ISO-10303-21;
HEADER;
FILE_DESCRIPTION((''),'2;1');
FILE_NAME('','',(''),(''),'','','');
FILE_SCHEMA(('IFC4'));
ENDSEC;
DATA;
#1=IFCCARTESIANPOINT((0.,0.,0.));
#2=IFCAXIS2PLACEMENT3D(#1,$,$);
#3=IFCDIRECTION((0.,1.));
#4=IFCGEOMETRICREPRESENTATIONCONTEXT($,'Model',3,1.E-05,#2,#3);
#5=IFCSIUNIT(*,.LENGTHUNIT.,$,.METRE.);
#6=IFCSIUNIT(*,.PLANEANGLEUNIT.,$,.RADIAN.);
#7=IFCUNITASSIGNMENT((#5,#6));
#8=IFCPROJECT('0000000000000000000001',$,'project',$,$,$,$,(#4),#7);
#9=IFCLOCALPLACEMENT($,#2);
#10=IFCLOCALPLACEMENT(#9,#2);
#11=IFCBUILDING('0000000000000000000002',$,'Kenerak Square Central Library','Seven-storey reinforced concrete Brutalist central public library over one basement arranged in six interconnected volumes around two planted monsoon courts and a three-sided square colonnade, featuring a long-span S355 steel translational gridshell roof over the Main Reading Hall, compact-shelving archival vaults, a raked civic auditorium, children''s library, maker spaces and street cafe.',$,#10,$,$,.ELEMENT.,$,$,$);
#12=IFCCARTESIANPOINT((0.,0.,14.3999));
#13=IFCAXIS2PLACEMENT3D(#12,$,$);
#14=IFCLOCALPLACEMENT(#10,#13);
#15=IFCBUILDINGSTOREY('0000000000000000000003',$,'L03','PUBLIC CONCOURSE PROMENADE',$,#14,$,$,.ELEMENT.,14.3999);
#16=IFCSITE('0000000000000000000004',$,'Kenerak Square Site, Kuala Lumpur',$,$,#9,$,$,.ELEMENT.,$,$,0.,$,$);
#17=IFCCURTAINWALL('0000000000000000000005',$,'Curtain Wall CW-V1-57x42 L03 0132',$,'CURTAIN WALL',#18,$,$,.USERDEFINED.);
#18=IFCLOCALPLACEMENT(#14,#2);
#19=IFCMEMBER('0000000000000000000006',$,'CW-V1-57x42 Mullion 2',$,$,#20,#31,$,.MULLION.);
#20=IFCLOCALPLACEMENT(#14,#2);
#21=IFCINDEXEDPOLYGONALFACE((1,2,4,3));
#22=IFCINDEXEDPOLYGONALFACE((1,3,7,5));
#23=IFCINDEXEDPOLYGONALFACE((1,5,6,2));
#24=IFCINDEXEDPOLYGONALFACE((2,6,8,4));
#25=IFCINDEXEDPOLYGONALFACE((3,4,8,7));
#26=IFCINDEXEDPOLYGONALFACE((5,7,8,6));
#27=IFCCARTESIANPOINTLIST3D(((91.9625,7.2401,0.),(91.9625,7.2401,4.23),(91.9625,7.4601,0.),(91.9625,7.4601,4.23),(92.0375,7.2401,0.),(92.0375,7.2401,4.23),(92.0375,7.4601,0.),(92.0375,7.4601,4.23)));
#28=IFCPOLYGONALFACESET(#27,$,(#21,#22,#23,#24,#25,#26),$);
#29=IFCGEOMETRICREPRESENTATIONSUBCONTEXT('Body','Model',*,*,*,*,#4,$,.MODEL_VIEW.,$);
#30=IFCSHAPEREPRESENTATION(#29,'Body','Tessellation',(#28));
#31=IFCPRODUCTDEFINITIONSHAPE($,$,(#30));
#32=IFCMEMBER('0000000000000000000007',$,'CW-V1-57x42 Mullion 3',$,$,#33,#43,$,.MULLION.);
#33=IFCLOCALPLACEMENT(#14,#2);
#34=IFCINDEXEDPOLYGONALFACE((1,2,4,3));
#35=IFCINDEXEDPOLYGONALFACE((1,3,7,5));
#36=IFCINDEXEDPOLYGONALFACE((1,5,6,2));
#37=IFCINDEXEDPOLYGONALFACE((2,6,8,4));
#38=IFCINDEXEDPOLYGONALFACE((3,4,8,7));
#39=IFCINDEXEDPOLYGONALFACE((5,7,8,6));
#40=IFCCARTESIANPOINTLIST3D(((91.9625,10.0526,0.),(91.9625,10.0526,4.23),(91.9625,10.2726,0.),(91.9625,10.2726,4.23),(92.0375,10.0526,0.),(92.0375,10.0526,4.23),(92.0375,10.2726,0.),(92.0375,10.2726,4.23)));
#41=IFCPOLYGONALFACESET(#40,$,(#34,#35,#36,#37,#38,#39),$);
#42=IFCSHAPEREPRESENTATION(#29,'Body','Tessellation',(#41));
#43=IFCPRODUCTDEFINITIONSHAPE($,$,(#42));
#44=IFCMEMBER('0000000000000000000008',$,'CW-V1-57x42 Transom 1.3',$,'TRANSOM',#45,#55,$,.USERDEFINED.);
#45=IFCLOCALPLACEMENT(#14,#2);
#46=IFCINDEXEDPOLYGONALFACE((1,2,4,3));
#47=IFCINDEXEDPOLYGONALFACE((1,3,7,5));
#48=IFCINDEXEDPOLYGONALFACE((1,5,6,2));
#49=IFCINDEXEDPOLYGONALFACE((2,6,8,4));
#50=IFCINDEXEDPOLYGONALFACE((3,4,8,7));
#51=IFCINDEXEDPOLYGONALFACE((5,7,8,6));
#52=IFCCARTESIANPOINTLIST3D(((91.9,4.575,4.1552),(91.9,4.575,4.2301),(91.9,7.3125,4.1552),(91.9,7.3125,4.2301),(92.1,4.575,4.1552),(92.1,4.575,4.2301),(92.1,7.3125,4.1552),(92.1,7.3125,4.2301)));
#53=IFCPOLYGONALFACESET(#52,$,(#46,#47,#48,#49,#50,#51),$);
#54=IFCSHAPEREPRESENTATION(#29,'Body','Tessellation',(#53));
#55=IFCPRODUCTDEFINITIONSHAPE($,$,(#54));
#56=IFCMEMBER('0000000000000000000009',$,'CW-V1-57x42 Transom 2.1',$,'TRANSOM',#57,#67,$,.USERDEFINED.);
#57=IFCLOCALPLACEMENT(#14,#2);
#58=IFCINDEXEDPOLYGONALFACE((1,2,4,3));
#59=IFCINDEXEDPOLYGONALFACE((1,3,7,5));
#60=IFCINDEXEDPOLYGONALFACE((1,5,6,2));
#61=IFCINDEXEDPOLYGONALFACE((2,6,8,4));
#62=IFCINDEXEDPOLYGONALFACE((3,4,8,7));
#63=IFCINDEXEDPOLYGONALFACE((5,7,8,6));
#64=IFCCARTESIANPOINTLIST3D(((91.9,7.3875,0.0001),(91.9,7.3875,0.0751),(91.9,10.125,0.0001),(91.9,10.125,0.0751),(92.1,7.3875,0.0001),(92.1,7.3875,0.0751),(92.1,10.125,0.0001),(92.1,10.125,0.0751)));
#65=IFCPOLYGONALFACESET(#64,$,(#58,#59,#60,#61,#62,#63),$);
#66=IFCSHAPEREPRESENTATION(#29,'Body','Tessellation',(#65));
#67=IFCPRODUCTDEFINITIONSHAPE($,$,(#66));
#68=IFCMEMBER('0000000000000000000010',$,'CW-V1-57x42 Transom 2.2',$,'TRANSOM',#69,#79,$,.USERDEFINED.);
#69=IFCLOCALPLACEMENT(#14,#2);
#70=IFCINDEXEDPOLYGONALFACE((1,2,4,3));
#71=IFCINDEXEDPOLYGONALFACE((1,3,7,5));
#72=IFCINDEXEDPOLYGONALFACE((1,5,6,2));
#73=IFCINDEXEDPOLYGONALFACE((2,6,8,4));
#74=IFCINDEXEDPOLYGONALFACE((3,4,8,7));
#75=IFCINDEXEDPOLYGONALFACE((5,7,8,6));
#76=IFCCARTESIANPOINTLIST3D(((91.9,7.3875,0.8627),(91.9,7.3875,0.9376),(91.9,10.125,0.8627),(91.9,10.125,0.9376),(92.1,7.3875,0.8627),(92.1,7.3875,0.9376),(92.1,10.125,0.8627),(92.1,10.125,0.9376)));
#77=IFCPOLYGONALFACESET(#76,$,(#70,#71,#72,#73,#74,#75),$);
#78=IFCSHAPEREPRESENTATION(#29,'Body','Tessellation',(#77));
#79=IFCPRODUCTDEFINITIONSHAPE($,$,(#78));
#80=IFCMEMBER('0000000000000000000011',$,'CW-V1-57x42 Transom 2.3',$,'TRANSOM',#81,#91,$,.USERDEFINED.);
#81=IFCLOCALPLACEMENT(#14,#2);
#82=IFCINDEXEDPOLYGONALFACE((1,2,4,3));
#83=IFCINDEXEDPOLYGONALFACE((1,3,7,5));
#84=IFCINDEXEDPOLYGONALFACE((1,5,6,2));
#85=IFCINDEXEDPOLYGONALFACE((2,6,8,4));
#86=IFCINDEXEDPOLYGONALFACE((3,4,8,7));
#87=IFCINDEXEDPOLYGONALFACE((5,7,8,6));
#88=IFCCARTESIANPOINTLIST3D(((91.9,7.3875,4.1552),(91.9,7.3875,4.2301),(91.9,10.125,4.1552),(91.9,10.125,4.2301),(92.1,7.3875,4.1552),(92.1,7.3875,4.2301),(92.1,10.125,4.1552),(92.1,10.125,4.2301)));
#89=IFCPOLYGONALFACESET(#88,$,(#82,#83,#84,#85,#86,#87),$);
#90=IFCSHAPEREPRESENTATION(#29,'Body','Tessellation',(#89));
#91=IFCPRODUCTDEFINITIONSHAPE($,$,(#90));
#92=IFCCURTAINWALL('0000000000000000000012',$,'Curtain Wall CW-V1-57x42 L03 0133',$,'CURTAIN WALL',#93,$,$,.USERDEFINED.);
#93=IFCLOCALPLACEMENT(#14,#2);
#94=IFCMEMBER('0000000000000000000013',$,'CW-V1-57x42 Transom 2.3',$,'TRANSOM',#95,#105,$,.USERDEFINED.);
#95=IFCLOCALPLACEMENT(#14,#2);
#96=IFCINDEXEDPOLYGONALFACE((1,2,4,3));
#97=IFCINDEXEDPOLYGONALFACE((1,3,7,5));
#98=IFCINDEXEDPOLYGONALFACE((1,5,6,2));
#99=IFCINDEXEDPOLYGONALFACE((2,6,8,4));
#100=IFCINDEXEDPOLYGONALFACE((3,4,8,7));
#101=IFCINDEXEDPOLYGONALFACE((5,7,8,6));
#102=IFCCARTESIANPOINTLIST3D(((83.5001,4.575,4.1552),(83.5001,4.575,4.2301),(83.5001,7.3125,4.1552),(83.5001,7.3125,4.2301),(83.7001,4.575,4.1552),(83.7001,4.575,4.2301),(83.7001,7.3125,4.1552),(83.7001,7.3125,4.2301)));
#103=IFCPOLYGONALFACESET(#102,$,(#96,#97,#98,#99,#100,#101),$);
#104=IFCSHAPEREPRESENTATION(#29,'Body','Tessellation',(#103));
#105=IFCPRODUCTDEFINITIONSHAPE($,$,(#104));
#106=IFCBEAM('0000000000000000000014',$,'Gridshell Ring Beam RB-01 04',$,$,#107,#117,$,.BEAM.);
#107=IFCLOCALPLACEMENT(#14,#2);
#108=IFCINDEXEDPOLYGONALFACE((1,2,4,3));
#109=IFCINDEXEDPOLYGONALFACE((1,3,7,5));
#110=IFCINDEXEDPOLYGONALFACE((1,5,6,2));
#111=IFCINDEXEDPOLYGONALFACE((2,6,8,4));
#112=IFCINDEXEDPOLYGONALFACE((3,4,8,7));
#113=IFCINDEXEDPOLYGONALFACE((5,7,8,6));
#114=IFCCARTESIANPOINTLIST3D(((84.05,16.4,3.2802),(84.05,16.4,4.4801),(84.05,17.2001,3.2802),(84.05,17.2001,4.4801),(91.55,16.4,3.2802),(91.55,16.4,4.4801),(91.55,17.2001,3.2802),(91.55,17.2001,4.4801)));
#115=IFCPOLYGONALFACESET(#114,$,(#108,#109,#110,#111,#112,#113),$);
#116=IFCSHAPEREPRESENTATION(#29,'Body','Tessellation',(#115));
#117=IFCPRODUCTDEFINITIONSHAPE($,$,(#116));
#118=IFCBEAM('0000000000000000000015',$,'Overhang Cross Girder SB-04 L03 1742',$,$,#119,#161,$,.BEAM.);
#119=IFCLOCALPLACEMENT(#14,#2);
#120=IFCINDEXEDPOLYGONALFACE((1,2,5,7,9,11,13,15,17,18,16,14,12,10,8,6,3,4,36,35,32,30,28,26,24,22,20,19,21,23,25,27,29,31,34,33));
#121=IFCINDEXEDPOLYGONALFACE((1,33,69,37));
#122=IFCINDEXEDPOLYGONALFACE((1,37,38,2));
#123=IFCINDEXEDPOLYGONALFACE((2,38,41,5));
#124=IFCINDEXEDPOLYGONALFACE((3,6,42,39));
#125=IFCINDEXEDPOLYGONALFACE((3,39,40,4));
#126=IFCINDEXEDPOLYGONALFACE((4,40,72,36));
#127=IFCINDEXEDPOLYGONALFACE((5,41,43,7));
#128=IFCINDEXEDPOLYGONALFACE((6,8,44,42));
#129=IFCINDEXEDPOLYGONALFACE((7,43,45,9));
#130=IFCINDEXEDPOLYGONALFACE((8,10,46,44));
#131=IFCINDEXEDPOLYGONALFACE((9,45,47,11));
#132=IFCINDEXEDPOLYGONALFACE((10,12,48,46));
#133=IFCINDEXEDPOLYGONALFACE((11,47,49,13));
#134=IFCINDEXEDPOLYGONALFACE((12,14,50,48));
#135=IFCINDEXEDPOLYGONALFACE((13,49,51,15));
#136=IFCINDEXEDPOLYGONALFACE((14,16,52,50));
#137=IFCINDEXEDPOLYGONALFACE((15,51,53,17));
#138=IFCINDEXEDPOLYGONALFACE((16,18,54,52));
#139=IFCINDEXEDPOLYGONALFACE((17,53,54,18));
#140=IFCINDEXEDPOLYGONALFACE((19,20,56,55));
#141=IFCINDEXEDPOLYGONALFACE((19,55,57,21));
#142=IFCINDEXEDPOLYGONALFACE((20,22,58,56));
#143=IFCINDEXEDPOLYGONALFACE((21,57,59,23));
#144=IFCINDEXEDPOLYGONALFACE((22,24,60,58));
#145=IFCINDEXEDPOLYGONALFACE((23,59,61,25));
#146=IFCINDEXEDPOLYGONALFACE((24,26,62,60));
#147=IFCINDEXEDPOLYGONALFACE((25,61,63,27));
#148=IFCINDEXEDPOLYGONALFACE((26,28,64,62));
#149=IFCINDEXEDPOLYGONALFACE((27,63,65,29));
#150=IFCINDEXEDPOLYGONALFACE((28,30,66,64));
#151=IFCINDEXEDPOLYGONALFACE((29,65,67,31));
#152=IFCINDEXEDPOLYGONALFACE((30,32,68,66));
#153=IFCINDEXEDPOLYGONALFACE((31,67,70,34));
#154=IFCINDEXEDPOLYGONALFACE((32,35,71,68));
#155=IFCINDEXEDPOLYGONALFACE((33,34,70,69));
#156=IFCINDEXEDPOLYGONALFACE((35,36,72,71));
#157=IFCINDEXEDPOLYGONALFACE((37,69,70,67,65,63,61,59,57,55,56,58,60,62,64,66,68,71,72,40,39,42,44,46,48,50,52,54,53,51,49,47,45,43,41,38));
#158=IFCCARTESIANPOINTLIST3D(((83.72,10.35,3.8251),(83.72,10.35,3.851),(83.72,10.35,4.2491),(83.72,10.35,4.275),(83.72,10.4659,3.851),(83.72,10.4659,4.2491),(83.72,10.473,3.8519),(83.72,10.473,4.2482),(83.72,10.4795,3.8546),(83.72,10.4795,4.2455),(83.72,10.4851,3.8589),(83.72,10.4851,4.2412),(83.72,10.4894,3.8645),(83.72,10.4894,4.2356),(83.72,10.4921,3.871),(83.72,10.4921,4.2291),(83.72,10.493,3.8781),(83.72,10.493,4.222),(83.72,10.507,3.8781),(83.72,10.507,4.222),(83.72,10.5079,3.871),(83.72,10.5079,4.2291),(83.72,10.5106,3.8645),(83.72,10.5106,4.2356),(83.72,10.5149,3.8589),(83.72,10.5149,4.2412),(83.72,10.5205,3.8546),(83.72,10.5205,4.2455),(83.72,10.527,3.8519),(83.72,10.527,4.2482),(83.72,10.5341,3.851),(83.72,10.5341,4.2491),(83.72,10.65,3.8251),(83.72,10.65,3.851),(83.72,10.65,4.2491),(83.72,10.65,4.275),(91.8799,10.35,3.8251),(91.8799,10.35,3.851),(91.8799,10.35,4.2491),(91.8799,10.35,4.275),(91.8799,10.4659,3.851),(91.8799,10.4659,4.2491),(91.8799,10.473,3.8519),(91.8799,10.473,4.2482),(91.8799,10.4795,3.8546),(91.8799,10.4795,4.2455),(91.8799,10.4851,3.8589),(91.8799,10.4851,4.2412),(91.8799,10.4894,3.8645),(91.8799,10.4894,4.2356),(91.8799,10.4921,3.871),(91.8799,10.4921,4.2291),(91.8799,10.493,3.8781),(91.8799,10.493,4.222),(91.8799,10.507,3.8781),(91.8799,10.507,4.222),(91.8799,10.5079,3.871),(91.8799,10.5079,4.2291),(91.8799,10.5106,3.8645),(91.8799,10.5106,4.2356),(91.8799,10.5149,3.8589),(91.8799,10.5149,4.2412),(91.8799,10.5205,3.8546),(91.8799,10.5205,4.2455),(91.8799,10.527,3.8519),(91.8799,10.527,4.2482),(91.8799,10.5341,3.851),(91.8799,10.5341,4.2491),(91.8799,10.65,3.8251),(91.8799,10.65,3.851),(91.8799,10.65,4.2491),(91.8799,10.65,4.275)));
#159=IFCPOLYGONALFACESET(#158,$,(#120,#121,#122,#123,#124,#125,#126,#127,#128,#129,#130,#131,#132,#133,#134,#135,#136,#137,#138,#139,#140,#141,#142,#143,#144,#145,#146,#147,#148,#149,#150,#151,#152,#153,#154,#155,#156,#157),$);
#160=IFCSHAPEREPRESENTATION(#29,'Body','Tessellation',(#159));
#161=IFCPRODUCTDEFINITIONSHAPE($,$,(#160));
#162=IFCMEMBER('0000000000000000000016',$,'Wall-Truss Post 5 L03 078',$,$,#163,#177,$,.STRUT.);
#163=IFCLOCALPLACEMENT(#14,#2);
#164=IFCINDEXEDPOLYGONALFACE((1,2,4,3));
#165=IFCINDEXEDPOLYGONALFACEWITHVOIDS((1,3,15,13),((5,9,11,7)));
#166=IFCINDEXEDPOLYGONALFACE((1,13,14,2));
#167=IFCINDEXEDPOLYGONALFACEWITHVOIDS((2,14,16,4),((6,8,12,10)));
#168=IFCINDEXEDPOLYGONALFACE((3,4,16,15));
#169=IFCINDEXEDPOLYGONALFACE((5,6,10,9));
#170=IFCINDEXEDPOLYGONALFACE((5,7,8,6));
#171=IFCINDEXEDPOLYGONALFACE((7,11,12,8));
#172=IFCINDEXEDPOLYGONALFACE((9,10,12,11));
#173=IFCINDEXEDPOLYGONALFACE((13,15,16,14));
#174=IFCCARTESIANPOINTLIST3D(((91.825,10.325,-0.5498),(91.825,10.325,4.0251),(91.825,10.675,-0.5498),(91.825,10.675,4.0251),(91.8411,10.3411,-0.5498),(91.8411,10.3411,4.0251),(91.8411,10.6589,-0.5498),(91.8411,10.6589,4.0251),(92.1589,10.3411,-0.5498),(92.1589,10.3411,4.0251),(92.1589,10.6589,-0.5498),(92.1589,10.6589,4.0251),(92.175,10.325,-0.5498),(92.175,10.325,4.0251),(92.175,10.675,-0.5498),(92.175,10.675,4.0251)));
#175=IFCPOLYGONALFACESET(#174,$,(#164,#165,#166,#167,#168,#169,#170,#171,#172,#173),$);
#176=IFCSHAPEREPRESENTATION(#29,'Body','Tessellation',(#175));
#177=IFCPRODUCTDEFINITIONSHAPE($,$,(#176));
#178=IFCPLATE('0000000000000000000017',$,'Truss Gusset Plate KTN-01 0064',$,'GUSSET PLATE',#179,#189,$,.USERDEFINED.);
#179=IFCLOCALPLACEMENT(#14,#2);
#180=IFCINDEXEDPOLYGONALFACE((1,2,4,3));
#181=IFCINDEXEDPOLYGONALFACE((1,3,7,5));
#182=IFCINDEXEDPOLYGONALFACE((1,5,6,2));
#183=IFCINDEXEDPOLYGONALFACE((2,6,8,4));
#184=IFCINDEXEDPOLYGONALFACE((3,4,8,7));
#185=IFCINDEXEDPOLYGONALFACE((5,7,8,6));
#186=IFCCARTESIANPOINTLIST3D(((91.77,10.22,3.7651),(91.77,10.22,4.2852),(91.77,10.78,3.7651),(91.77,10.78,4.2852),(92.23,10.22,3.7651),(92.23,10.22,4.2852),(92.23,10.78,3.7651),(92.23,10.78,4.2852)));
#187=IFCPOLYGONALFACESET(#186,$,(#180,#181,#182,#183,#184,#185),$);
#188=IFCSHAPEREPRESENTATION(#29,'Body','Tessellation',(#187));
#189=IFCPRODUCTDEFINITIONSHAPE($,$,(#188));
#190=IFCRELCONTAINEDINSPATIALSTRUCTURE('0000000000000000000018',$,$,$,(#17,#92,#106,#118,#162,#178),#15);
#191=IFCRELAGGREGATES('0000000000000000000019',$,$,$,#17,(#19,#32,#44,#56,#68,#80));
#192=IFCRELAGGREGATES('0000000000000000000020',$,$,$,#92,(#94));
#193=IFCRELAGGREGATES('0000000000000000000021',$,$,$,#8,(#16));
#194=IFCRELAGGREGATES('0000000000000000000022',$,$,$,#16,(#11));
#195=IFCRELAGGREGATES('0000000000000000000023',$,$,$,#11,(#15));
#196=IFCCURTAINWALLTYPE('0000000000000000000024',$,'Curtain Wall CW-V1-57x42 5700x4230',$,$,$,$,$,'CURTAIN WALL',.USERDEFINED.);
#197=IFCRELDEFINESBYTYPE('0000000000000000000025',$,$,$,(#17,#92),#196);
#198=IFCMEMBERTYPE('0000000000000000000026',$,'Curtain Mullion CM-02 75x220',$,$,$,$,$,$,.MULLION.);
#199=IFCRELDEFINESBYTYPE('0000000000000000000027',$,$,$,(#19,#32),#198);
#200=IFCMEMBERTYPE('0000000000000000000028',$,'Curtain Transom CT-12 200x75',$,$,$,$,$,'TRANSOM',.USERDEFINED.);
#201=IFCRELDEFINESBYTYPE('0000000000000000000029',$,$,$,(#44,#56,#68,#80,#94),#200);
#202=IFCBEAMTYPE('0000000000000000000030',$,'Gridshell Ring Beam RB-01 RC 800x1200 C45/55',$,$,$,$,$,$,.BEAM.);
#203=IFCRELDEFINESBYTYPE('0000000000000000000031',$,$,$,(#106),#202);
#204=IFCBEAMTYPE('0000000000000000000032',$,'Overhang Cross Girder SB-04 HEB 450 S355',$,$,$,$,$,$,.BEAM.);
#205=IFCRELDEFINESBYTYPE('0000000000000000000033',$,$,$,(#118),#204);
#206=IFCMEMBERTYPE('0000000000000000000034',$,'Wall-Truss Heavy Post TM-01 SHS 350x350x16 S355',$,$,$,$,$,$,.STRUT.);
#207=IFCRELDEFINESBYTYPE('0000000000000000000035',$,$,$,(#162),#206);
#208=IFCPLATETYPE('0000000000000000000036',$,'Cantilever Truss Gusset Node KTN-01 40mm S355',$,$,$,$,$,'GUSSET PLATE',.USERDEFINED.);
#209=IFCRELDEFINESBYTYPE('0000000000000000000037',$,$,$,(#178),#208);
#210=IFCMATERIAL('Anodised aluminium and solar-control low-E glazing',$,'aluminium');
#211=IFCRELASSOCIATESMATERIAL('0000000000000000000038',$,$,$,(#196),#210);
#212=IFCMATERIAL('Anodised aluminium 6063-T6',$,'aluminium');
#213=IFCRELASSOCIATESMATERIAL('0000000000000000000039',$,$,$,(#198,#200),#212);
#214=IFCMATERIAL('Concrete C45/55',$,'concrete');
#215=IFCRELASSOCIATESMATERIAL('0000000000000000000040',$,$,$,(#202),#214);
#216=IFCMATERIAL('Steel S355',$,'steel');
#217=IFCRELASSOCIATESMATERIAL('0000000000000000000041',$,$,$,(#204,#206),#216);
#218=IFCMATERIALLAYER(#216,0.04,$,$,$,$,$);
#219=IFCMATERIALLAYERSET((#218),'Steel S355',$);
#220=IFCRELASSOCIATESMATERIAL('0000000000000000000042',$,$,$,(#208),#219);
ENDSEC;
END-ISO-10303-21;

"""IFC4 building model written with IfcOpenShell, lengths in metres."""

from ifc_helpers import new_model, si_unit, direction, frame, origin, origin_2d, place, context, subcontext, project, spatial, rectangle, hollow_rectangle, i_section, extrude, material, layer, layer_set, material_profile, profile_set, type_object, element, aggregate, save


model = new_model("IFC4")

# Units and contexts
model_context = context("Model", 3, precision=1e-05, world=origin(), true_north=direction((0.0, 1.0)))
body_context = subcontext(model_context, "Body", "Model", "MODEL_VIEW")
ifc_project = project(units=[si_unit("LENGTHUNIT", "METRE"), si_unit("PLANEANGLEUNIT", "RADIAN")], contexts=[model_context])

# Site, building, storey
site_placement = place(None, origin())
site = spatial("IfcSite", under=ifc_project, at=site_placement, Name="Kenerak Square Site, Kuala Lumpur", CompositionType="ELEMENT", RefElevation=0.0)
building_placement = place(site_placement, origin())
building = spatial("IfcBuilding", under=site, at=building_placement, Name="Kenerak Square Central Library", Description="Seven-storey reinforced concrete Brutalist central public library over one basement arranged in six interconnected volumes around two planted monsoon courts and a three-sided square colonnade, featuring a long-span S355 steel translational gridshell roof over the Main Reading Hall, compact-shelving archival vaults, a raked civic auditorium, children's library, maker spaces and street cafe.", CompositionType="ELEMENT")
storey_placement = place(building_placement, frame((0.0, 0.0, 14.3999)))
storey = spatial("IfcBuildingStorey", under=building, at=storey_placement, Name="L03", Description="PUBLIC CONCOURSE PROMENADE", CompositionType="ELEMENT", Elevation=14.3999)

# Curtain wall, members
ifc_material_1 = material(Name="Anodised aluminium and solar-control low-E glazing", Category="aluminium")
curtain_wall_type = type_object("IfcCurtainWallType", Name="Curtain Wall CW-V1-57x42 5700x4230", ElementType="CURTAIN WALL", PredefinedType="USERDEFINED", material=ifc_material_1)
curtain_wall_1_placement = place(storey_placement, origin())
curtain_wall_1 = element("IfcCurtainWall", 1, at=curtain_wall_1_placement, inside=storey, type_object=curtain_wall_type, Name="Curtain Wall CW-V1-57x42 L03 0132", ObjectType="CURTAIN WALL", PredefinedType="USERDEFINED")
ifc_material_2 = material(Name="Anodised aluminium 6063-T6", Category="aluminium")
ifc_material_profile_1 = material_profile(ifc_material_2, rectangle(XDim=0.075, YDim=0.22, at=origin_2d()), Name="AL MULLION 75x220")
ifc_profile_set_1 = profile_set([ifc_material_profile_1], Name="Anodised aluminium 6063-T6")
member_type_1 = type_object("IfcMemberType", Name="Curtain Mullion CM-02 75x220", PredefinedType="MULLION", material=ifc_profile_set_1)
member_1_placement = place(storey_placement, frame((92.0, 7.3501, 0.0), z_axis=(0.0, 0.0, 1.0), x_axis=(-1.0, 0.0, 0.0)))
member_1 = element("IfcMember", 2, at=member_1_placement, type_object=member_type_1, Name="CW-V1-57x42 Mullion 2", PredefinedType="MULLION", context=body_context, shape_type="SweptSolid", body=[
    extrude(rectangle(XDim=0.075, YDim=0.22, at=origin_2d()), origin(), (0.0, 0.0, 1.0), 4.23),
])
member_2_placement = place(storey_placement, frame((92.0, 10.1626, 0.0), z_axis=(0.0, 0.0, 1.0), x_axis=(-1.0, 0.0, 0.0)))
member_2 = element("IfcMember", 3, at=member_2_placement, type_object=member_type_1, Name="CW-V1-57x42 Mullion 3", PredefinedType="MULLION", context=body_context, shape_type="SweptSolid", body=[
    extrude(rectangle(XDim=0.075, YDim=0.22, at=origin_2d()), origin(), (0.0, 0.0, 1.0), 4.23),
])
ifc_material_profile_2 = material_profile(ifc_material_2, rectangle(XDim=0.2, YDim=0.075, at=origin_2d()), Name="AL TRANSOM 200x75")
ifc_profile_set_2 = profile_set([ifc_material_profile_2], Name="Anodised aluminium 6063-T6")
member_type_2 = type_object("IfcMemberType", Name="Curtain Transom CT-12 200x75", ElementType="TRANSOM", PredefinedType="USERDEFINED", material=ifc_profile_set_2)
member_3_placement = place(storey_placement, frame((92.0, 4.575, 4.1926), z_axis=(0.0, 1.0, 0.0), x_axis=(-1.0, 0.0, 0.0)))
member_3 = element("IfcMember", 4, at=member_3_placement, type_object=member_type_2, Name="CW-V1-57x42 Transom 1.3", ObjectType="TRANSOM", PredefinedType="USERDEFINED", context=body_context, shape_type="SweptSolid", body=[
    extrude(rectangle(XDim=0.2, YDim=0.075, at=origin_2d()), origin(), (0.0, 0.0, 1.0), 2.7375),
])
member_4_placement = place(storey_placement, frame((92.0, 7.3875, 0.0376), z_axis=(0.0, 1.0, 0.0), x_axis=(-1.0, 0.0, 0.0)))
member_4 = element("IfcMember", 5, at=member_4_placement, type_object=member_type_2, Name="CW-V1-57x42 Transom 2.1", ObjectType="TRANSOM", PredefinedType="USERDEFINED", context=body_context, shape_type="SweptSolid", body=[
    extrude(rectangle(XDim=0.2, YDim=0.075, at=origin_2d()), origin(), (0.0, 0.0, 1.0), 2.7375),
])
member_5_placement = place(storey_placement, frame((92.0, 7.3875, 0.9001), z_axis=(0.0, 1.0, 0.0), x_axis=(-1.0, 0.0, 0.0)))
member_5 = element("IfcMember", 6, at=member_5_placement, type_object=member_type_2, Name="CW-V1-57x42 Transom 2.2", ObjectType="TRANSOM", PredefinedType="USERDEFINED", context=body_context, shape_type="SweptSolid", body=[
    extrude(rectangle(XDim=0.2, YDim=0.075, at=origin_2d()), origin(), (0.0, 0.0, 1.0), 2.7375),
])
member_6_placement = place(storey_placement, frame((92.0, 7.3875, 4.1926), z_axis=(0.0, 1.0, 0.0), x_axis=(-1.0, 0.0, 0.0)))
member_6 = element("IfcMember", 7, at=member_6_placement, type_object=member_type_2, Name="CW-V1-57x42 Transom 2.3", ObjectType="TRANSOM", PredefinedType="USERDEFINED", context=body_context, shape_type="SweptSolid", body=[
    extrude(rectangle(XDim=0.2, YDim=0.075, at=origin_2d()), origin(), (0.0, 0.0, 1.0), 2.7375),
])

# Curtain wall, member
curtain_wall_2_placement = place(storey_placement, origin())
curtain_wall_2 = element("IfcCurtainWall", 8, at=curtain_wall_2_placement, inside=storey, type_object=curtain_wall_type, Name="Curtain Wall CW-V1-57x42 L03 0133", ObjectType="CURTAIN WALL", PredefinedType="USERDEFINED")
member_7_placement = place(storey_placement, frame((83.6001, 7.3125, 4.1926), z_axis=(0.0, -1.0, 0.0), x_axis=(1.0, 0.0, 0.0)))
member_7 = element("IfcMember", 9, at=member_7_placement, type_object=member_type_2, Name="CW-V1-57x42 Transom 2.3", ObjectType="TRANSOM", PredefinedType="USERDEFINED", context=body_context, shape_type="SweptSolid", body=[
    extrude(rectangle(XDim=0.2, YDim=0.075, at=origin_2d()), origin(), (0.0, 0.0, 1.0), 2.7375),
])

# Beams
ifc_material_3 = material(Name="Concrete C45/55", Category="concrete")
ifc_material_profile_3 = material_profile(ifc_material_3, rectangle(XDim=0.8, YDim=1.2, at=origin_2d()), Name="RC 800x1200")
ifc_profile_set_3 = profile_set([ifc_material_profile_3], Name="Concrete C45/55")
beam_type_1 = type_object("IfcBeamType", Name="Gridshell Ring Beam RB-01 RC 800x1200 C45/55", PredefinedType="BEAM", material=ifc_profile_set_3)
beam_1_placement = place(storey_placement, frame((84.05, 16.8, 3.8801), z_axis=(1.0, 0.0, 0.0), x_axis=(0.0, 1.0, 0.0)))
element("IfcBeam", 10, at=beam_1_placement, inside=storey, type_object=beam_type_1, Name="Gridshell Ring Beam RB-01 04", PredefinedType="BEAM", context=body_context, shape_type="SweptSolid", body=[
    extrude(rectangle(XDim=0.8, YDim=1.2, at=origin_2d()), origin(), (0.0, 0.0, 1.0), 7.5),
])
ifc_material_4 = material(Name="Steel S355", Category="steel")
ifc_material_profile_4 = material_profile(ifc_material_4, i_section(OverallWidth=0.3, OverallDepth=0.45, WebThickness=0.0139, FlangeThickness=0.0259, FilletRadius=0.0271, at=origin_2d()), Name="HEB 450")
ifc_profile_set_4 = profile_set([ifc_material_profile_4], Name="Steel S355")
beam_type_2 = type_object("IfcBeamType", Name="Overhang Cross Girder SB-04 HEB 450 S355", PredefinedType="BEAM", material=ifc_profile_set_4)
beam_2_placement = place(storey_placement, frame((83.72, 10.5, 4.05), z_axis=(1.0, 0.0, 0.0), x_axis=(0.0, 1.0, 0.0)))
element("IfcBeam", 11, at=beam_2_placement, inside=storey, type_object=beam_type_2, Name="Overhang Cross Girder SB-04 L03 1742", PredefinedType="BEAM", context=body_context, shape_type="SweptSolid", body=[
    extrude(i_section(OverallWidth=0.3, OverallDepth=0.45, WebThickness=0.0139, FlangeThickness=0.0259, FilletRadius=0.0271, at=origin_2d()), origin(), (0.0, 0.0, 1.0), 8.1599),
])

# Member
ifc_material_profile_5 = material_profile(ifc_material_4, hollow_rectangle(XDim=0.3501, YDim=0.3501, WallThickness=0.0161, at=origin_2d()), Name="SHS 350x350x16.0")
ifc_profile_set_5 = profile_set([ifc_material_profile_5], Name="Steel S355")
member_type_3 = type_object("IfcMemberType", Name="Wall-Truss Heavy Post TM-01 SHS 350x350x16 S355", PredefinedType="STRUT", material=ifc_profile_set_5)
member_8_placement = place(storey_placement, frame((92.0, 10.5, -0.5498), z_axis=(0.0, 0.0, 1.0), x_axis=(1.0, 0.0, 0.0)))
element("IfcMember", 12, at=member_8_placement, inside=storey, type_object=member_type_3, Name="Wall-Truss Post 5 L03 078", PredefinedType="STRUT", context=body_context, shape_type="SweptSolid", body=[
    extrude(hollow_rectangle(XDim=0.3501, YDim=0.3501, WallThickness=0.0161, at=origin_2d()), origin(), (0.0, 0.0, 1.0), 4.575),
])

# Plate
ifc_layer_1 = layer(ifc_material_4, 0.04)
ifc_layer_set_1 = layer_set([ifc_layer_1], Name="Steel S355")
plate_type_1 = type_object("IfcPlateType", Name="Cantilever Truss Gusset Node KTN-01 40mm S355", ElementType="GUSSET PLATE", PredefinedType="USERDEFINED", material=ifc_layer_set_1)
plate_1_placement = place(storey_placement, frame((92.0, 10.5, 3.7651), z_axis=(0.0, 0.0, 1.0), x_axis=(1.0, 0.0, 0.0)))
element("IfcPlate", 13, at=plate_1_placement, inside=storey, type_object=plate_type_1, Name="Truss Gusset Plate KTN-01 0064", ObjectType="GUSSET PLATE", PredefinedType="USERDEFINED", context=body_context, shape_type="SweptSolid", body=[
    extrude(rectangle(XDim=0.46, YDim=0.5601, at=origin_2d()), origin(), (0.0, 0.0, 1.0), 0.52),
])
aggregate(curtain_wall_1, [member_1, member_2, member_3, member_4, member_5, member_6])
aggregate(curtain_wall_2, [member_7])

save(model, "model.ifc")
